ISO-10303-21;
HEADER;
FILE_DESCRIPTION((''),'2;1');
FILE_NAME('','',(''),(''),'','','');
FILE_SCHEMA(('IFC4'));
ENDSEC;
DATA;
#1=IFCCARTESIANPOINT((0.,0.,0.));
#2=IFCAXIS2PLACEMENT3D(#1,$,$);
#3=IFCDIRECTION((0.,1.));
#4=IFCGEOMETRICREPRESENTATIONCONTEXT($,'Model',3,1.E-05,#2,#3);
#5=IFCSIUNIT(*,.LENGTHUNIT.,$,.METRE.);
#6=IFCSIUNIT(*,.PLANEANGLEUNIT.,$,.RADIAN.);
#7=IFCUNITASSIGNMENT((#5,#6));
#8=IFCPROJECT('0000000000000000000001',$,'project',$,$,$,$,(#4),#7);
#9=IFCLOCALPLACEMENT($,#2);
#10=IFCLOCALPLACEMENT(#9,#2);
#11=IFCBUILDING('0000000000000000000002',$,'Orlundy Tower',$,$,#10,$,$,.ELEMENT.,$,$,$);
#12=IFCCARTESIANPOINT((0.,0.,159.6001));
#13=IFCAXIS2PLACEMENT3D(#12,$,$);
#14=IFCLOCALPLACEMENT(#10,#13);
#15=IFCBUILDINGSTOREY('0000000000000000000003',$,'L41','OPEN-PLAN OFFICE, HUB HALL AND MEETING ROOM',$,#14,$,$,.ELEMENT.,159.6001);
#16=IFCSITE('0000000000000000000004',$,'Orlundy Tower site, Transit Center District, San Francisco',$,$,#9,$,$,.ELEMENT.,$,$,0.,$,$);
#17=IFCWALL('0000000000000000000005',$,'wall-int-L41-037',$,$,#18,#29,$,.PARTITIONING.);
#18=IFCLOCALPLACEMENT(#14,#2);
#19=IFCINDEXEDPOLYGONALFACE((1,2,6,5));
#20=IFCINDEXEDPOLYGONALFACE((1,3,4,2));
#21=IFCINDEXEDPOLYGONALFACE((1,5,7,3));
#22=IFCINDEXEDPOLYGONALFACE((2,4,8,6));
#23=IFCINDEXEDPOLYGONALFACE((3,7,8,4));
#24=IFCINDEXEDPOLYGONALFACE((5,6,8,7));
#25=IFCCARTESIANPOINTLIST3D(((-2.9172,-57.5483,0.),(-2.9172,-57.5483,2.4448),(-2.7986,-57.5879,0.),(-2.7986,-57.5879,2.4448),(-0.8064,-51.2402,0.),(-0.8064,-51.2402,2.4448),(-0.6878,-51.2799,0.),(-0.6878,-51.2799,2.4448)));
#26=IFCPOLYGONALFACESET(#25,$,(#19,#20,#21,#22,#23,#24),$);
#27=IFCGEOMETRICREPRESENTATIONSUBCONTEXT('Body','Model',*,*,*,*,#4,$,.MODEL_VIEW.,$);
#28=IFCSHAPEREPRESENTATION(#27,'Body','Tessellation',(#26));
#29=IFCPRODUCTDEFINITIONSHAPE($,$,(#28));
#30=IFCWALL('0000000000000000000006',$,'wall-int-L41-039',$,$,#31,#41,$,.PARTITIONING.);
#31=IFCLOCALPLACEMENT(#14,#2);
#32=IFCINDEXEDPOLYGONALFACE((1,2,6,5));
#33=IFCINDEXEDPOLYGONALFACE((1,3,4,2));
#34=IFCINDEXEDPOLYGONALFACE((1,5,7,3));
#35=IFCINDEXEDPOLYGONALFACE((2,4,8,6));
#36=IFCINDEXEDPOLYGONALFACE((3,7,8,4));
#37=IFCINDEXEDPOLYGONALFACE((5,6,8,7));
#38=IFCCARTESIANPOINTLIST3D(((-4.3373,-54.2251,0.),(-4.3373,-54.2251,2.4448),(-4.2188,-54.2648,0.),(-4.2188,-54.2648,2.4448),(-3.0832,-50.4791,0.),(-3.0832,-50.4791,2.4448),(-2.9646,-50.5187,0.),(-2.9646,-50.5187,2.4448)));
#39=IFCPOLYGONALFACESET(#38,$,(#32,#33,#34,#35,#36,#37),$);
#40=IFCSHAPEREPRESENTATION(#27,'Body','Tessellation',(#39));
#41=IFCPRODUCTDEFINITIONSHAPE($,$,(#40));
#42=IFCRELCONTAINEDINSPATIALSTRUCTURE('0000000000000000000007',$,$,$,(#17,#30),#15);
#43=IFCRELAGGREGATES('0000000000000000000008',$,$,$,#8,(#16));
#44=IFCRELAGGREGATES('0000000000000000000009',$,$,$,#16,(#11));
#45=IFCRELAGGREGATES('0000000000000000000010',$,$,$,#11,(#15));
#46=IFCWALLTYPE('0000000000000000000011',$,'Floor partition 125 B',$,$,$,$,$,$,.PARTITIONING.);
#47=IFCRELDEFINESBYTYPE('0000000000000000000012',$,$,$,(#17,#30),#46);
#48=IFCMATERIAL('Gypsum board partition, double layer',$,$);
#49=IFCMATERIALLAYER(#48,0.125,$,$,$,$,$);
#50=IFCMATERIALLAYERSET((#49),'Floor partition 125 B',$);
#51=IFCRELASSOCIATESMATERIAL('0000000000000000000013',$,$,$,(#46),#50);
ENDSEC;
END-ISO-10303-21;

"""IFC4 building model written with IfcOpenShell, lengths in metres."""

from ifc_helpers import new_model, si_unit, direction, frame, frame_2d, origin, place, context, subcontext, project, spatial, rectangle, extrude, material, layer, layer_set, type_object, element, save


model = new_model("IFC4")

# Units and contexts
model_context = context("Model", 3, precision=1e-05, world=origin(), true_north=direction((0.0, 1.0)))
body_context = subcontext(model_context, "Body", "Model", "MODEL_VIEW")
ifc_project = project(units=[si_unit("LENGTHUNIT", "METRE"), si_unit("PLANEANGLEUNIT", "RADIAN")], contexts=[model_context])

# Site, building, storey
site_placement = place(None, origin())
site = spatial("IfcSite", under=ifc_project, at=site_placement, Name="Orlundy Tower site, Transit Center District, San Francisco", CompositionType="ELEMENT", RefElevation=0.0)
building_placement = place(site_placement, origin())
building = spatial("IfcBuilding", under=site, at=building_placement, Name="Orlundy Tower", CompositionType="ELEMENT")
storey_placement = place(building_placement, frame((0.0, 0.0, 159.6001)))
storey = spatial("IfcBuildingStorey", under=building, at=storey_placement, Name="L41", Description="OPEN-PLAN OFFICE, HUB HALL AND MEETING ROOM", CompositionType="ELEMENT", Elevation=159.6001)

# Shared definitions
ifc_material_1 = material(Name="Gypsum board partition, double layer")
ifc_layer_1 = layer(ifc_material_1, 0.125)
ifc_layer_set_1 = layer_set([ifc_layer_1], Name="Floor partition 125 B")
wall_type_1 = type_object("IfcWallType", Name="Floor partition 125 B", PredefinedType="PARTITIONING", material=ifc_layer_set_1)

# Walls
wall_1_placement = place(storey_placement, frame((-2.8579, -57.5681, 0.0), z_axis=(0.0, 0.0, 1.0), x_axis=(0.317329, 0.948316, 0.0)))
element("IfcWall", 1, at=wall_1_placement, inside=storey, type_object=wall_type_1, Name="wall-int-L41-037", PredefinedType="PARTITIONING", context=body_context, shape_type="SweptSolid", body=[
    extrude(rectangle(XDim=6.6519, YDim=0.125, at=frame_2d((3.3259, 0.0))), origin(), (0.0, 0.0, 1.0), 2.4448),
])
wall_2_placement = place(storey_placement, frame((-3.0239, -50.499, 0.0), z_axis=(0.0, 0.0, 1.0), x_axis=(-0.31747, -0.948268, 0.0)))
element("IfcWall", 2, at=wall_2_placement, inside=storey, type_object=wall_type_1, Name="wall-int-L41-039", PredefinedType="PARTITIONING", context=body_context, shape_type="SweptSolid", body=[
    extrude(rectangle(XDim=3.9504, YDim=0.125, at=frame_2d((1.9751, 0.0))), origin(), (0.0, 0.0, 1.0), 2.4448),
])

save(model, "model.ifc")
